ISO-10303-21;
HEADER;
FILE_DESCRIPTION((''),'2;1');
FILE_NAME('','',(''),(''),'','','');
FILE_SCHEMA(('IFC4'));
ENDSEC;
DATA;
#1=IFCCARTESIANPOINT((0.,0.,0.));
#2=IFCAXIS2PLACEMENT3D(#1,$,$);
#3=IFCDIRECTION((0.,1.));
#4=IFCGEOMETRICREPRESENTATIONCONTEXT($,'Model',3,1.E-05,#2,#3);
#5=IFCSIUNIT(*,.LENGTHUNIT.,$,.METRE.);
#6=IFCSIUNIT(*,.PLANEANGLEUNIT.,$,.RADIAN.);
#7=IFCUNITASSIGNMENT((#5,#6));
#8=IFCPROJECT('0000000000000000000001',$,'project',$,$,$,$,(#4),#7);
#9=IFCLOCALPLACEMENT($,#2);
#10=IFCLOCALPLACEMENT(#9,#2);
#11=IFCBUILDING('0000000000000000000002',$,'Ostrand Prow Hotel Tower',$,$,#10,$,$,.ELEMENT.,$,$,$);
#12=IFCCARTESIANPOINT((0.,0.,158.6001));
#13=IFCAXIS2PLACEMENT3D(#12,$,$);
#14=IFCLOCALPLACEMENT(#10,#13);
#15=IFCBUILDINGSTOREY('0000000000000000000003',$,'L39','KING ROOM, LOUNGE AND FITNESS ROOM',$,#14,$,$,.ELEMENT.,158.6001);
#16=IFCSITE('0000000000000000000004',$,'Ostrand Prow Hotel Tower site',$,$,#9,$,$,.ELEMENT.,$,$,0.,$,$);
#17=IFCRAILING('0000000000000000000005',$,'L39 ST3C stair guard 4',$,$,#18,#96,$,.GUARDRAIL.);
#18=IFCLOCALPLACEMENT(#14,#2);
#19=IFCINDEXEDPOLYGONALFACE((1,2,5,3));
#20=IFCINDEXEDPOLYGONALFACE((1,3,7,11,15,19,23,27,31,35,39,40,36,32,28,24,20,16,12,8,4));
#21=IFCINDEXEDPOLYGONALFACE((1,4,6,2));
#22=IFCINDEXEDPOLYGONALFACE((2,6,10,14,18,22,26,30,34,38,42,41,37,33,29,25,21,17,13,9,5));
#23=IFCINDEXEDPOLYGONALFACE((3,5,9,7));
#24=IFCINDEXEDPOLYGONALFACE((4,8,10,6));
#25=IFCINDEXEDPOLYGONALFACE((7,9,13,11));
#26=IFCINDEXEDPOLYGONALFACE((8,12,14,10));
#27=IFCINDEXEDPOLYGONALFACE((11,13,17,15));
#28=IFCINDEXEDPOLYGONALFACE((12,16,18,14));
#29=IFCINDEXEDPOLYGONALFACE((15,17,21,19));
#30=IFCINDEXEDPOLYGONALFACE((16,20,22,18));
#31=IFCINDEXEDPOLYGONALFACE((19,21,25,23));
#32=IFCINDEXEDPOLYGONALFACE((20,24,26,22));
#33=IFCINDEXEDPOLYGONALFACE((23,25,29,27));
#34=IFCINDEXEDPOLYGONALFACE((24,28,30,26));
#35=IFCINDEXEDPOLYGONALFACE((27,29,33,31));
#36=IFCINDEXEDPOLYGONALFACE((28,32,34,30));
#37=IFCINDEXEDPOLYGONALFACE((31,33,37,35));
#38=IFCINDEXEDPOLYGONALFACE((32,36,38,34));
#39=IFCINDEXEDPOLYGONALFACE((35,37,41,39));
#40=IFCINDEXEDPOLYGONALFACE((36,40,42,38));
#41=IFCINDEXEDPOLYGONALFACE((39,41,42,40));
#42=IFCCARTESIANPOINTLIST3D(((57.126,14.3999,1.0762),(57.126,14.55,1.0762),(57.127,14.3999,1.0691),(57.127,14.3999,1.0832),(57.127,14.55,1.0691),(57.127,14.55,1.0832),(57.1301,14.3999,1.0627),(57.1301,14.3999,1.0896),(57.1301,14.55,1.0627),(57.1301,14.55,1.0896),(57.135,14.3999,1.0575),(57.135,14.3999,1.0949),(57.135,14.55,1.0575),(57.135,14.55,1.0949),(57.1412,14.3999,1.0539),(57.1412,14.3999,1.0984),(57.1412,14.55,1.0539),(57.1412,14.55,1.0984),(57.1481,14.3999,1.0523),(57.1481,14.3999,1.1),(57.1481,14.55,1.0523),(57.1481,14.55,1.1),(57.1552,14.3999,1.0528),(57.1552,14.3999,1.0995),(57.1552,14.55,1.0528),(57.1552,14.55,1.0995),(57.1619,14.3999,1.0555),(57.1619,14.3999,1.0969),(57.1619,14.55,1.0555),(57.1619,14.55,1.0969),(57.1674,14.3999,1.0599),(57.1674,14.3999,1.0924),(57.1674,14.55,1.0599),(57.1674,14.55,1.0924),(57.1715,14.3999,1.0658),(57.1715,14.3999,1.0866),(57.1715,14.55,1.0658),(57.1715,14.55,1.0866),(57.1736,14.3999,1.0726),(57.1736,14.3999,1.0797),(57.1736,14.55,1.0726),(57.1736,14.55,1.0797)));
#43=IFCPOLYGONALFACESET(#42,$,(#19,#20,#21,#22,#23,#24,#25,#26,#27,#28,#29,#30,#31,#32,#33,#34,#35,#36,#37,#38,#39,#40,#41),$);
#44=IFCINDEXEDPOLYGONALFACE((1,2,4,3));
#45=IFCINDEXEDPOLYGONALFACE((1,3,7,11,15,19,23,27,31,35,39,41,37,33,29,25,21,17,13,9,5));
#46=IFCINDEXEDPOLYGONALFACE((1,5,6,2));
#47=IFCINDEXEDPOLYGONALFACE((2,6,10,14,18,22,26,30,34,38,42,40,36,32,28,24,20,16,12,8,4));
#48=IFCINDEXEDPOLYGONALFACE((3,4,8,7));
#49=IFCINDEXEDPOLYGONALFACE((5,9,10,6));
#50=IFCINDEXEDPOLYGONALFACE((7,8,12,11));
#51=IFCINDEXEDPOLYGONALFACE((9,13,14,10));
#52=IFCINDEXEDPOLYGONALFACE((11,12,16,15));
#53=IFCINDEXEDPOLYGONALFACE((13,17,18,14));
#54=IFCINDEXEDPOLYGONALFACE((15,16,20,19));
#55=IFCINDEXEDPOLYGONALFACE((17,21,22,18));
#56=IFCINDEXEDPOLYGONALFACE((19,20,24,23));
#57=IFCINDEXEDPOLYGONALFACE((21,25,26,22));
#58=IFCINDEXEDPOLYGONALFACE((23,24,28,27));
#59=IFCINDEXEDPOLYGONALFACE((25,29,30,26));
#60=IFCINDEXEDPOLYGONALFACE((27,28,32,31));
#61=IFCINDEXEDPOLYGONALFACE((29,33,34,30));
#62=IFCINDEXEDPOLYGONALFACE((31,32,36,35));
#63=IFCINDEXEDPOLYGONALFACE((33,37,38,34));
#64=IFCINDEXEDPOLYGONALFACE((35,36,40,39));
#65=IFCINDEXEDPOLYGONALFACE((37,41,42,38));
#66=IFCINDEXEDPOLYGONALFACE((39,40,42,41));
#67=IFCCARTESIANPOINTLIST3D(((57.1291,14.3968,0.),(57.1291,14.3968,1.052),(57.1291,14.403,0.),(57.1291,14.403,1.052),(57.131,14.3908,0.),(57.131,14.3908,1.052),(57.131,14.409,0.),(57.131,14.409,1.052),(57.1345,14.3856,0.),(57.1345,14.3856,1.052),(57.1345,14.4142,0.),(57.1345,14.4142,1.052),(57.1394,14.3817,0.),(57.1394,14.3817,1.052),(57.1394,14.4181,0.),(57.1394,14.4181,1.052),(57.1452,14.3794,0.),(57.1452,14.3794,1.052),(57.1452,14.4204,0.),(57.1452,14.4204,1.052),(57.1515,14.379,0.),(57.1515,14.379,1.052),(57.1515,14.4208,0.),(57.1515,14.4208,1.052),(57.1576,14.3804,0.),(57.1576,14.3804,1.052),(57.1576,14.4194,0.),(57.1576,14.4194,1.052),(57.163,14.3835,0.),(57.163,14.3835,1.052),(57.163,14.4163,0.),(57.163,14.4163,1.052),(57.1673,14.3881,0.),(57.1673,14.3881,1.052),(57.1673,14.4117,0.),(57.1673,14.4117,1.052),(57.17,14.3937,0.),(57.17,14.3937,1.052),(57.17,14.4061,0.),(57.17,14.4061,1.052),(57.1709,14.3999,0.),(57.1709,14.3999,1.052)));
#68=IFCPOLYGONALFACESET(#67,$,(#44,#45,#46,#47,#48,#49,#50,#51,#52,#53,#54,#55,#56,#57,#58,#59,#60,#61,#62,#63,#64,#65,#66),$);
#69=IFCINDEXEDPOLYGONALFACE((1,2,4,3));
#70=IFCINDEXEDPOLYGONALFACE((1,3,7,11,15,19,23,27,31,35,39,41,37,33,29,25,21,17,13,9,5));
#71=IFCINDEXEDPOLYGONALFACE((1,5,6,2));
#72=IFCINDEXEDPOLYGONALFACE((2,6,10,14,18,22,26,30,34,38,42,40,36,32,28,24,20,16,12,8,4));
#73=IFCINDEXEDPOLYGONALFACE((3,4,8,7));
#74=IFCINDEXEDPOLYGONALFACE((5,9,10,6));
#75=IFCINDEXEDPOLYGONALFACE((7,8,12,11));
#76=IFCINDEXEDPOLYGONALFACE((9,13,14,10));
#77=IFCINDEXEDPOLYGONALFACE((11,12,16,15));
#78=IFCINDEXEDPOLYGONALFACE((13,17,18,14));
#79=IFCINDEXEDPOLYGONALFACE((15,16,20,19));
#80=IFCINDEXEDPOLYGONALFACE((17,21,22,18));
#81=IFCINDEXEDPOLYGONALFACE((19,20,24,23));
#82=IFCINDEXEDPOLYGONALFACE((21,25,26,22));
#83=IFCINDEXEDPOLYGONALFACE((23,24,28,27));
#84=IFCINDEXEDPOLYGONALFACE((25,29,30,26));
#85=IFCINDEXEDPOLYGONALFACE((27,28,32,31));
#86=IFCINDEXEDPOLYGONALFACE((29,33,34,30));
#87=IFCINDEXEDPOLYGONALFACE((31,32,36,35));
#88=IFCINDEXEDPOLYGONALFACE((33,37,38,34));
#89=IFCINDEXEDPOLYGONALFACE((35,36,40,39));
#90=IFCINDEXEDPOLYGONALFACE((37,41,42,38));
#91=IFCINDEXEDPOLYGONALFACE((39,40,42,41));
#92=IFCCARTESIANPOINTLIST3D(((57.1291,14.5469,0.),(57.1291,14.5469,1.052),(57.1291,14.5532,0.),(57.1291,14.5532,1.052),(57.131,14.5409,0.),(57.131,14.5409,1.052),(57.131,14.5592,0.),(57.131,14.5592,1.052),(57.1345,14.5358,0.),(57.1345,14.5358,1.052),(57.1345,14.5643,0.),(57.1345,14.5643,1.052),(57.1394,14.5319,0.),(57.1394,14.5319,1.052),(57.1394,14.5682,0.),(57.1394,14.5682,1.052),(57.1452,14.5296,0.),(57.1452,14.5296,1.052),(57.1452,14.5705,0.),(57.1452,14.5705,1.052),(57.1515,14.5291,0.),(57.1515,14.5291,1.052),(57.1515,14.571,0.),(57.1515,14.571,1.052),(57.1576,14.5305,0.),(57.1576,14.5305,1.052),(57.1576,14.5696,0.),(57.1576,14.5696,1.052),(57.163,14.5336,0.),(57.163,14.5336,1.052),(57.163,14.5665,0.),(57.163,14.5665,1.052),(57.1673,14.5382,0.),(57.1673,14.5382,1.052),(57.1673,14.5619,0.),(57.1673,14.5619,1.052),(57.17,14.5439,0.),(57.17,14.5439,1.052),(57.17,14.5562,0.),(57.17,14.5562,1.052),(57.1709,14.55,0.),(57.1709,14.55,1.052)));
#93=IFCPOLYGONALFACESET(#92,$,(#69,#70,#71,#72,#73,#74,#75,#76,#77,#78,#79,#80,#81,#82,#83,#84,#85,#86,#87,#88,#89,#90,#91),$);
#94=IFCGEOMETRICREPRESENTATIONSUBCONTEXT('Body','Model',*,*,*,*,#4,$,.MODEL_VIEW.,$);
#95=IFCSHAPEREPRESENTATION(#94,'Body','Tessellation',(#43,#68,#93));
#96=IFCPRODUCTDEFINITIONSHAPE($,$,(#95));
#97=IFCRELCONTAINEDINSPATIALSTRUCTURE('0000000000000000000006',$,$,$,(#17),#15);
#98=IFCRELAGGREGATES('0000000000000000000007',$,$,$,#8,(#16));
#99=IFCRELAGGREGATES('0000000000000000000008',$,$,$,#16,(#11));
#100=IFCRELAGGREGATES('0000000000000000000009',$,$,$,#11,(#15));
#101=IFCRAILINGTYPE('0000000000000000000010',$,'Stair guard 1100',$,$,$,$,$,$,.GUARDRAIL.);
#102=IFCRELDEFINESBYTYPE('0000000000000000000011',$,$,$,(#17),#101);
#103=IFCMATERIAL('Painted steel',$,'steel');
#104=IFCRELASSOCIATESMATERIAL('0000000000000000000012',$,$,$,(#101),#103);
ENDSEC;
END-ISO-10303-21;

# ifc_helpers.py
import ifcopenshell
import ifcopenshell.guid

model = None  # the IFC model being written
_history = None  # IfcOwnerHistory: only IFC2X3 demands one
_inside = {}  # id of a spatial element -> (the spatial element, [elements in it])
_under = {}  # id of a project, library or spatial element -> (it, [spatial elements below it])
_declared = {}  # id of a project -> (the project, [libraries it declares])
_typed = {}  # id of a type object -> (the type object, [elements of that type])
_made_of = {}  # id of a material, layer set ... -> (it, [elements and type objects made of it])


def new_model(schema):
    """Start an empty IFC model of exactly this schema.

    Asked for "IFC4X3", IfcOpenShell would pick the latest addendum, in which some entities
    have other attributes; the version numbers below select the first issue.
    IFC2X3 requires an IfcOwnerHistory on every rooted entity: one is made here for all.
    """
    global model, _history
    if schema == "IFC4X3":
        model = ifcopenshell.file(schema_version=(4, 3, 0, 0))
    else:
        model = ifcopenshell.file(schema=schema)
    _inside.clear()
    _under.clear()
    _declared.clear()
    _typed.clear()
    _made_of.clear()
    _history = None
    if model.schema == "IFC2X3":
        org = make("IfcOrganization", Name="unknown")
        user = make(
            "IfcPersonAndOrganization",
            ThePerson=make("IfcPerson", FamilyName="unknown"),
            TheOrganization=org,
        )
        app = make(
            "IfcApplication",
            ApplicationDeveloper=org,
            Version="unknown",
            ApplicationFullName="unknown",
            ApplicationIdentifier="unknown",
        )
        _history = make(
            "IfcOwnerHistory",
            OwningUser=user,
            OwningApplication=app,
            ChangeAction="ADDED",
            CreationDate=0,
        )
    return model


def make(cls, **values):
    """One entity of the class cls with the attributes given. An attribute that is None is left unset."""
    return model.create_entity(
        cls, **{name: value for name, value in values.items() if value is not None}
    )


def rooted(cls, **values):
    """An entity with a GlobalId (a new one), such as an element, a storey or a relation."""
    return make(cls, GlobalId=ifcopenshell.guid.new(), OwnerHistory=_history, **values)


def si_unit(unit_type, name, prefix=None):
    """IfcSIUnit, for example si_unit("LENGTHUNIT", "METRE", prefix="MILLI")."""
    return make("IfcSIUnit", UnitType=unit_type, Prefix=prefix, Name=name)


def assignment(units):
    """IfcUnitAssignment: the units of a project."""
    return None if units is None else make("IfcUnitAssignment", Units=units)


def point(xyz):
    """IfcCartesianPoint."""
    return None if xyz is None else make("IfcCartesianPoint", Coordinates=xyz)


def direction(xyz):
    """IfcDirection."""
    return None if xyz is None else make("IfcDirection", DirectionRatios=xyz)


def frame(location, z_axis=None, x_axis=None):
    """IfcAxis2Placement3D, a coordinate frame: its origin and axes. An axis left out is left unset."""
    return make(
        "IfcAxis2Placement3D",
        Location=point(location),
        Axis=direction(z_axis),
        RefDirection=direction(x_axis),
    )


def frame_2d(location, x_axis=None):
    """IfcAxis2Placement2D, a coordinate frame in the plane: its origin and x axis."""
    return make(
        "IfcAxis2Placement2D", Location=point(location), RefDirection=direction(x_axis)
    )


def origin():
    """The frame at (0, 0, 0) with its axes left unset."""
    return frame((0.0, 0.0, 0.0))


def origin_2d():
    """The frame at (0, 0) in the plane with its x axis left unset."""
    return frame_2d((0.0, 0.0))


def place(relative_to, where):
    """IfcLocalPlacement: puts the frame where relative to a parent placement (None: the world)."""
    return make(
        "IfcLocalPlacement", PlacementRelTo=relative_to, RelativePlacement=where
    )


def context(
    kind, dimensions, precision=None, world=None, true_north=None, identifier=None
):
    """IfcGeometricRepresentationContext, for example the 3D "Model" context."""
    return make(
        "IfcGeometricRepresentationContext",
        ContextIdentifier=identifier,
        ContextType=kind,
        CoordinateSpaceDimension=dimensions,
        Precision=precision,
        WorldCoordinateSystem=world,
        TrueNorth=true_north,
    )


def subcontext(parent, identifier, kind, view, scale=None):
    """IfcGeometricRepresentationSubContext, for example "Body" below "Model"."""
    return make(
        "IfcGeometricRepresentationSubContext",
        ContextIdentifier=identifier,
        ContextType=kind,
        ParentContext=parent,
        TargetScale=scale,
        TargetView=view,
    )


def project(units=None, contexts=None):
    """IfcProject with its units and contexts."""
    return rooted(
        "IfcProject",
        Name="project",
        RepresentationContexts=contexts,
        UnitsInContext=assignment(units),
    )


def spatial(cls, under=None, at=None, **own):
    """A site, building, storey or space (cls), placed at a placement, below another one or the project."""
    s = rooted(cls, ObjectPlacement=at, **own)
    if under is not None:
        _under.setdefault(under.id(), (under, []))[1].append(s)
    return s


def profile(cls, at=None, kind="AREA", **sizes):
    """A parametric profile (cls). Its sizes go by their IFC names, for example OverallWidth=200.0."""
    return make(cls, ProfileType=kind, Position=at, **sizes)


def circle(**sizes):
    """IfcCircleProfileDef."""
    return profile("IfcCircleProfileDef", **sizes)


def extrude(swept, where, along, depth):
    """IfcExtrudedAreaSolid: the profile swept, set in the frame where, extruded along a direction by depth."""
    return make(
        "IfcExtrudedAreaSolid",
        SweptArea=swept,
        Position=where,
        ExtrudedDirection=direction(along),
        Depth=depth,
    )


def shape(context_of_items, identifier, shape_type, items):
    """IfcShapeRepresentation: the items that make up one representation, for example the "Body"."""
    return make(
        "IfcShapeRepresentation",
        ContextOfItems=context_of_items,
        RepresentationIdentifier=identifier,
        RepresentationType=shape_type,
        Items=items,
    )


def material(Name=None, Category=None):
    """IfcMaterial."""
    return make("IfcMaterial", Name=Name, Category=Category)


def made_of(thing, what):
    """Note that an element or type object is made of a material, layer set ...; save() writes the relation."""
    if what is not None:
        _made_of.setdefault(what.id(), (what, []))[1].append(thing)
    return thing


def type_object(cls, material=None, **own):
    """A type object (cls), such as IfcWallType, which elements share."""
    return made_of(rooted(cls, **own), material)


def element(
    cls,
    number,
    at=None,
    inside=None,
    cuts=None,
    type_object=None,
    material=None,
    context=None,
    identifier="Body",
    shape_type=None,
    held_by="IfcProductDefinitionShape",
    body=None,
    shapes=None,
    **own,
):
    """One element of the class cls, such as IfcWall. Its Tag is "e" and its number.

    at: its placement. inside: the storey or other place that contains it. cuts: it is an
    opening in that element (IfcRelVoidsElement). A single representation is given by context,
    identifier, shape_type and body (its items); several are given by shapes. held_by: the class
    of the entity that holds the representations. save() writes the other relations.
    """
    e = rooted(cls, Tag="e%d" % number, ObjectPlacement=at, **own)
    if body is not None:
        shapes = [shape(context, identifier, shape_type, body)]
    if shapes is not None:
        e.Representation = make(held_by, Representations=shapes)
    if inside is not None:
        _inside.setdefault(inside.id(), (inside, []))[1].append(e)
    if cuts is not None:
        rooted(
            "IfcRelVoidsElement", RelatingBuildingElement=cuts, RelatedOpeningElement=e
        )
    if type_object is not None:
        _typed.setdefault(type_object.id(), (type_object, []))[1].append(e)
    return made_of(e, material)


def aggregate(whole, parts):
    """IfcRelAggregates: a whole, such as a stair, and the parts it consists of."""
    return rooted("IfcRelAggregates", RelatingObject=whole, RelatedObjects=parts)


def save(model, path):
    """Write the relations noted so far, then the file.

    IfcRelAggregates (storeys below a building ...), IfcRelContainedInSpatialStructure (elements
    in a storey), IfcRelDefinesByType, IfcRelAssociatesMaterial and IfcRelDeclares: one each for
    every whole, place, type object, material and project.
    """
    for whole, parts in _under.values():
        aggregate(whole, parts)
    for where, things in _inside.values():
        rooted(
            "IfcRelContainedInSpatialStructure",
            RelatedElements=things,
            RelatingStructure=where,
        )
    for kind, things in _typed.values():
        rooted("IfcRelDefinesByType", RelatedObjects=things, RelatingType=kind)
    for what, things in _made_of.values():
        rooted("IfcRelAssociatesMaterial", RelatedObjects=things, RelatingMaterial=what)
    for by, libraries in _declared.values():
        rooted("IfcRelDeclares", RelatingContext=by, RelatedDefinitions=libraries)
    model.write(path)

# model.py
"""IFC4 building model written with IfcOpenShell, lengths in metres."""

from ifc_helpers import new_model, si_unit, direction, frame, origin, origin_2d, place, context, subcontext, project, spatial, circle, extrude, material, type_object, element, save


model = new_model("IFC4")

# Units and contexts
model_context = context("Model", 3, precision=1e-05, world=origin(), true_north=direction((0.0, 1.0)))
body_context = subcontext(model_context, "Body", "Model", "MODEL_VIEW")
ifc_project = project(units=[si_unit("LENGTHUNIT", "METRE"), si_unit("PLANEANGLEUNIT", "RADIAN")], contexts=[model_context])

# Site, building, storey
site_placement = place(None, origin())
site = spatial("IfcSite", under=ifc_project, at=site_placement, Name="Ostrand Prow Hotel Tower site", CompositionType="ELEMENT", RefElevation=0.0)
building_placement = place(site_placement, origin())
building = spatial("IfcBuilding", under=site, at=building_placement, Name="Ostrand Prow Hotel Tower", CompositionType="ELEMENT")
storey_placement = place(building_placement, frame((0.0, 0.0, 158.6001)))
storey = spatial("IfcBuildingStorey", under=building, at=storey_placement, Name="L39", Description="KING ROOM, LOUNGE AND FITNESS ROOM", CompositionType="ELEMENT", Elevation=158.6001)

# Railing
ifc_material_1 = material(Name="Painted steel", Category="steel")
railing_type_1 = type_object("IfcRailingType", Name="Stair guard 1100", PredefinedType="GUARDRAIL", material=ifc_material_1)
railing_1_placement = place(storey_placement, frame((57.1499, 14.3999, 0.0)))
element("IfcRailing", 1, at=railing_1_placement, inside=storey, type_object=railing_type_1, Name="L39 ST3C stair guard 4", PredefinedType="GUARDRAIL", context=body_context, shape_type="SweptSolid", body=[
    extrude(circle(Radius=0.0239, at=origin_2d()), frame((0.0, 0.0, 1.0762), z_axis=(0.0, 1.0, 0.0), x_axis=(-1.0, 0.0, 0.0)), (0.0, 0.0, 1.0), 0.1501),
    extrude(circle(Radius=0.021, at=origin_2d()), origin(), (0.0, 0.0, 1.0), 1.052),
    extrude(circle(Radius=0.021, at=origin_2d()), frame((0.0, 0.1501, 0.0)), (0.0, 0.0, 1.0), 1.052),
])

save(model, "model.ifc")
